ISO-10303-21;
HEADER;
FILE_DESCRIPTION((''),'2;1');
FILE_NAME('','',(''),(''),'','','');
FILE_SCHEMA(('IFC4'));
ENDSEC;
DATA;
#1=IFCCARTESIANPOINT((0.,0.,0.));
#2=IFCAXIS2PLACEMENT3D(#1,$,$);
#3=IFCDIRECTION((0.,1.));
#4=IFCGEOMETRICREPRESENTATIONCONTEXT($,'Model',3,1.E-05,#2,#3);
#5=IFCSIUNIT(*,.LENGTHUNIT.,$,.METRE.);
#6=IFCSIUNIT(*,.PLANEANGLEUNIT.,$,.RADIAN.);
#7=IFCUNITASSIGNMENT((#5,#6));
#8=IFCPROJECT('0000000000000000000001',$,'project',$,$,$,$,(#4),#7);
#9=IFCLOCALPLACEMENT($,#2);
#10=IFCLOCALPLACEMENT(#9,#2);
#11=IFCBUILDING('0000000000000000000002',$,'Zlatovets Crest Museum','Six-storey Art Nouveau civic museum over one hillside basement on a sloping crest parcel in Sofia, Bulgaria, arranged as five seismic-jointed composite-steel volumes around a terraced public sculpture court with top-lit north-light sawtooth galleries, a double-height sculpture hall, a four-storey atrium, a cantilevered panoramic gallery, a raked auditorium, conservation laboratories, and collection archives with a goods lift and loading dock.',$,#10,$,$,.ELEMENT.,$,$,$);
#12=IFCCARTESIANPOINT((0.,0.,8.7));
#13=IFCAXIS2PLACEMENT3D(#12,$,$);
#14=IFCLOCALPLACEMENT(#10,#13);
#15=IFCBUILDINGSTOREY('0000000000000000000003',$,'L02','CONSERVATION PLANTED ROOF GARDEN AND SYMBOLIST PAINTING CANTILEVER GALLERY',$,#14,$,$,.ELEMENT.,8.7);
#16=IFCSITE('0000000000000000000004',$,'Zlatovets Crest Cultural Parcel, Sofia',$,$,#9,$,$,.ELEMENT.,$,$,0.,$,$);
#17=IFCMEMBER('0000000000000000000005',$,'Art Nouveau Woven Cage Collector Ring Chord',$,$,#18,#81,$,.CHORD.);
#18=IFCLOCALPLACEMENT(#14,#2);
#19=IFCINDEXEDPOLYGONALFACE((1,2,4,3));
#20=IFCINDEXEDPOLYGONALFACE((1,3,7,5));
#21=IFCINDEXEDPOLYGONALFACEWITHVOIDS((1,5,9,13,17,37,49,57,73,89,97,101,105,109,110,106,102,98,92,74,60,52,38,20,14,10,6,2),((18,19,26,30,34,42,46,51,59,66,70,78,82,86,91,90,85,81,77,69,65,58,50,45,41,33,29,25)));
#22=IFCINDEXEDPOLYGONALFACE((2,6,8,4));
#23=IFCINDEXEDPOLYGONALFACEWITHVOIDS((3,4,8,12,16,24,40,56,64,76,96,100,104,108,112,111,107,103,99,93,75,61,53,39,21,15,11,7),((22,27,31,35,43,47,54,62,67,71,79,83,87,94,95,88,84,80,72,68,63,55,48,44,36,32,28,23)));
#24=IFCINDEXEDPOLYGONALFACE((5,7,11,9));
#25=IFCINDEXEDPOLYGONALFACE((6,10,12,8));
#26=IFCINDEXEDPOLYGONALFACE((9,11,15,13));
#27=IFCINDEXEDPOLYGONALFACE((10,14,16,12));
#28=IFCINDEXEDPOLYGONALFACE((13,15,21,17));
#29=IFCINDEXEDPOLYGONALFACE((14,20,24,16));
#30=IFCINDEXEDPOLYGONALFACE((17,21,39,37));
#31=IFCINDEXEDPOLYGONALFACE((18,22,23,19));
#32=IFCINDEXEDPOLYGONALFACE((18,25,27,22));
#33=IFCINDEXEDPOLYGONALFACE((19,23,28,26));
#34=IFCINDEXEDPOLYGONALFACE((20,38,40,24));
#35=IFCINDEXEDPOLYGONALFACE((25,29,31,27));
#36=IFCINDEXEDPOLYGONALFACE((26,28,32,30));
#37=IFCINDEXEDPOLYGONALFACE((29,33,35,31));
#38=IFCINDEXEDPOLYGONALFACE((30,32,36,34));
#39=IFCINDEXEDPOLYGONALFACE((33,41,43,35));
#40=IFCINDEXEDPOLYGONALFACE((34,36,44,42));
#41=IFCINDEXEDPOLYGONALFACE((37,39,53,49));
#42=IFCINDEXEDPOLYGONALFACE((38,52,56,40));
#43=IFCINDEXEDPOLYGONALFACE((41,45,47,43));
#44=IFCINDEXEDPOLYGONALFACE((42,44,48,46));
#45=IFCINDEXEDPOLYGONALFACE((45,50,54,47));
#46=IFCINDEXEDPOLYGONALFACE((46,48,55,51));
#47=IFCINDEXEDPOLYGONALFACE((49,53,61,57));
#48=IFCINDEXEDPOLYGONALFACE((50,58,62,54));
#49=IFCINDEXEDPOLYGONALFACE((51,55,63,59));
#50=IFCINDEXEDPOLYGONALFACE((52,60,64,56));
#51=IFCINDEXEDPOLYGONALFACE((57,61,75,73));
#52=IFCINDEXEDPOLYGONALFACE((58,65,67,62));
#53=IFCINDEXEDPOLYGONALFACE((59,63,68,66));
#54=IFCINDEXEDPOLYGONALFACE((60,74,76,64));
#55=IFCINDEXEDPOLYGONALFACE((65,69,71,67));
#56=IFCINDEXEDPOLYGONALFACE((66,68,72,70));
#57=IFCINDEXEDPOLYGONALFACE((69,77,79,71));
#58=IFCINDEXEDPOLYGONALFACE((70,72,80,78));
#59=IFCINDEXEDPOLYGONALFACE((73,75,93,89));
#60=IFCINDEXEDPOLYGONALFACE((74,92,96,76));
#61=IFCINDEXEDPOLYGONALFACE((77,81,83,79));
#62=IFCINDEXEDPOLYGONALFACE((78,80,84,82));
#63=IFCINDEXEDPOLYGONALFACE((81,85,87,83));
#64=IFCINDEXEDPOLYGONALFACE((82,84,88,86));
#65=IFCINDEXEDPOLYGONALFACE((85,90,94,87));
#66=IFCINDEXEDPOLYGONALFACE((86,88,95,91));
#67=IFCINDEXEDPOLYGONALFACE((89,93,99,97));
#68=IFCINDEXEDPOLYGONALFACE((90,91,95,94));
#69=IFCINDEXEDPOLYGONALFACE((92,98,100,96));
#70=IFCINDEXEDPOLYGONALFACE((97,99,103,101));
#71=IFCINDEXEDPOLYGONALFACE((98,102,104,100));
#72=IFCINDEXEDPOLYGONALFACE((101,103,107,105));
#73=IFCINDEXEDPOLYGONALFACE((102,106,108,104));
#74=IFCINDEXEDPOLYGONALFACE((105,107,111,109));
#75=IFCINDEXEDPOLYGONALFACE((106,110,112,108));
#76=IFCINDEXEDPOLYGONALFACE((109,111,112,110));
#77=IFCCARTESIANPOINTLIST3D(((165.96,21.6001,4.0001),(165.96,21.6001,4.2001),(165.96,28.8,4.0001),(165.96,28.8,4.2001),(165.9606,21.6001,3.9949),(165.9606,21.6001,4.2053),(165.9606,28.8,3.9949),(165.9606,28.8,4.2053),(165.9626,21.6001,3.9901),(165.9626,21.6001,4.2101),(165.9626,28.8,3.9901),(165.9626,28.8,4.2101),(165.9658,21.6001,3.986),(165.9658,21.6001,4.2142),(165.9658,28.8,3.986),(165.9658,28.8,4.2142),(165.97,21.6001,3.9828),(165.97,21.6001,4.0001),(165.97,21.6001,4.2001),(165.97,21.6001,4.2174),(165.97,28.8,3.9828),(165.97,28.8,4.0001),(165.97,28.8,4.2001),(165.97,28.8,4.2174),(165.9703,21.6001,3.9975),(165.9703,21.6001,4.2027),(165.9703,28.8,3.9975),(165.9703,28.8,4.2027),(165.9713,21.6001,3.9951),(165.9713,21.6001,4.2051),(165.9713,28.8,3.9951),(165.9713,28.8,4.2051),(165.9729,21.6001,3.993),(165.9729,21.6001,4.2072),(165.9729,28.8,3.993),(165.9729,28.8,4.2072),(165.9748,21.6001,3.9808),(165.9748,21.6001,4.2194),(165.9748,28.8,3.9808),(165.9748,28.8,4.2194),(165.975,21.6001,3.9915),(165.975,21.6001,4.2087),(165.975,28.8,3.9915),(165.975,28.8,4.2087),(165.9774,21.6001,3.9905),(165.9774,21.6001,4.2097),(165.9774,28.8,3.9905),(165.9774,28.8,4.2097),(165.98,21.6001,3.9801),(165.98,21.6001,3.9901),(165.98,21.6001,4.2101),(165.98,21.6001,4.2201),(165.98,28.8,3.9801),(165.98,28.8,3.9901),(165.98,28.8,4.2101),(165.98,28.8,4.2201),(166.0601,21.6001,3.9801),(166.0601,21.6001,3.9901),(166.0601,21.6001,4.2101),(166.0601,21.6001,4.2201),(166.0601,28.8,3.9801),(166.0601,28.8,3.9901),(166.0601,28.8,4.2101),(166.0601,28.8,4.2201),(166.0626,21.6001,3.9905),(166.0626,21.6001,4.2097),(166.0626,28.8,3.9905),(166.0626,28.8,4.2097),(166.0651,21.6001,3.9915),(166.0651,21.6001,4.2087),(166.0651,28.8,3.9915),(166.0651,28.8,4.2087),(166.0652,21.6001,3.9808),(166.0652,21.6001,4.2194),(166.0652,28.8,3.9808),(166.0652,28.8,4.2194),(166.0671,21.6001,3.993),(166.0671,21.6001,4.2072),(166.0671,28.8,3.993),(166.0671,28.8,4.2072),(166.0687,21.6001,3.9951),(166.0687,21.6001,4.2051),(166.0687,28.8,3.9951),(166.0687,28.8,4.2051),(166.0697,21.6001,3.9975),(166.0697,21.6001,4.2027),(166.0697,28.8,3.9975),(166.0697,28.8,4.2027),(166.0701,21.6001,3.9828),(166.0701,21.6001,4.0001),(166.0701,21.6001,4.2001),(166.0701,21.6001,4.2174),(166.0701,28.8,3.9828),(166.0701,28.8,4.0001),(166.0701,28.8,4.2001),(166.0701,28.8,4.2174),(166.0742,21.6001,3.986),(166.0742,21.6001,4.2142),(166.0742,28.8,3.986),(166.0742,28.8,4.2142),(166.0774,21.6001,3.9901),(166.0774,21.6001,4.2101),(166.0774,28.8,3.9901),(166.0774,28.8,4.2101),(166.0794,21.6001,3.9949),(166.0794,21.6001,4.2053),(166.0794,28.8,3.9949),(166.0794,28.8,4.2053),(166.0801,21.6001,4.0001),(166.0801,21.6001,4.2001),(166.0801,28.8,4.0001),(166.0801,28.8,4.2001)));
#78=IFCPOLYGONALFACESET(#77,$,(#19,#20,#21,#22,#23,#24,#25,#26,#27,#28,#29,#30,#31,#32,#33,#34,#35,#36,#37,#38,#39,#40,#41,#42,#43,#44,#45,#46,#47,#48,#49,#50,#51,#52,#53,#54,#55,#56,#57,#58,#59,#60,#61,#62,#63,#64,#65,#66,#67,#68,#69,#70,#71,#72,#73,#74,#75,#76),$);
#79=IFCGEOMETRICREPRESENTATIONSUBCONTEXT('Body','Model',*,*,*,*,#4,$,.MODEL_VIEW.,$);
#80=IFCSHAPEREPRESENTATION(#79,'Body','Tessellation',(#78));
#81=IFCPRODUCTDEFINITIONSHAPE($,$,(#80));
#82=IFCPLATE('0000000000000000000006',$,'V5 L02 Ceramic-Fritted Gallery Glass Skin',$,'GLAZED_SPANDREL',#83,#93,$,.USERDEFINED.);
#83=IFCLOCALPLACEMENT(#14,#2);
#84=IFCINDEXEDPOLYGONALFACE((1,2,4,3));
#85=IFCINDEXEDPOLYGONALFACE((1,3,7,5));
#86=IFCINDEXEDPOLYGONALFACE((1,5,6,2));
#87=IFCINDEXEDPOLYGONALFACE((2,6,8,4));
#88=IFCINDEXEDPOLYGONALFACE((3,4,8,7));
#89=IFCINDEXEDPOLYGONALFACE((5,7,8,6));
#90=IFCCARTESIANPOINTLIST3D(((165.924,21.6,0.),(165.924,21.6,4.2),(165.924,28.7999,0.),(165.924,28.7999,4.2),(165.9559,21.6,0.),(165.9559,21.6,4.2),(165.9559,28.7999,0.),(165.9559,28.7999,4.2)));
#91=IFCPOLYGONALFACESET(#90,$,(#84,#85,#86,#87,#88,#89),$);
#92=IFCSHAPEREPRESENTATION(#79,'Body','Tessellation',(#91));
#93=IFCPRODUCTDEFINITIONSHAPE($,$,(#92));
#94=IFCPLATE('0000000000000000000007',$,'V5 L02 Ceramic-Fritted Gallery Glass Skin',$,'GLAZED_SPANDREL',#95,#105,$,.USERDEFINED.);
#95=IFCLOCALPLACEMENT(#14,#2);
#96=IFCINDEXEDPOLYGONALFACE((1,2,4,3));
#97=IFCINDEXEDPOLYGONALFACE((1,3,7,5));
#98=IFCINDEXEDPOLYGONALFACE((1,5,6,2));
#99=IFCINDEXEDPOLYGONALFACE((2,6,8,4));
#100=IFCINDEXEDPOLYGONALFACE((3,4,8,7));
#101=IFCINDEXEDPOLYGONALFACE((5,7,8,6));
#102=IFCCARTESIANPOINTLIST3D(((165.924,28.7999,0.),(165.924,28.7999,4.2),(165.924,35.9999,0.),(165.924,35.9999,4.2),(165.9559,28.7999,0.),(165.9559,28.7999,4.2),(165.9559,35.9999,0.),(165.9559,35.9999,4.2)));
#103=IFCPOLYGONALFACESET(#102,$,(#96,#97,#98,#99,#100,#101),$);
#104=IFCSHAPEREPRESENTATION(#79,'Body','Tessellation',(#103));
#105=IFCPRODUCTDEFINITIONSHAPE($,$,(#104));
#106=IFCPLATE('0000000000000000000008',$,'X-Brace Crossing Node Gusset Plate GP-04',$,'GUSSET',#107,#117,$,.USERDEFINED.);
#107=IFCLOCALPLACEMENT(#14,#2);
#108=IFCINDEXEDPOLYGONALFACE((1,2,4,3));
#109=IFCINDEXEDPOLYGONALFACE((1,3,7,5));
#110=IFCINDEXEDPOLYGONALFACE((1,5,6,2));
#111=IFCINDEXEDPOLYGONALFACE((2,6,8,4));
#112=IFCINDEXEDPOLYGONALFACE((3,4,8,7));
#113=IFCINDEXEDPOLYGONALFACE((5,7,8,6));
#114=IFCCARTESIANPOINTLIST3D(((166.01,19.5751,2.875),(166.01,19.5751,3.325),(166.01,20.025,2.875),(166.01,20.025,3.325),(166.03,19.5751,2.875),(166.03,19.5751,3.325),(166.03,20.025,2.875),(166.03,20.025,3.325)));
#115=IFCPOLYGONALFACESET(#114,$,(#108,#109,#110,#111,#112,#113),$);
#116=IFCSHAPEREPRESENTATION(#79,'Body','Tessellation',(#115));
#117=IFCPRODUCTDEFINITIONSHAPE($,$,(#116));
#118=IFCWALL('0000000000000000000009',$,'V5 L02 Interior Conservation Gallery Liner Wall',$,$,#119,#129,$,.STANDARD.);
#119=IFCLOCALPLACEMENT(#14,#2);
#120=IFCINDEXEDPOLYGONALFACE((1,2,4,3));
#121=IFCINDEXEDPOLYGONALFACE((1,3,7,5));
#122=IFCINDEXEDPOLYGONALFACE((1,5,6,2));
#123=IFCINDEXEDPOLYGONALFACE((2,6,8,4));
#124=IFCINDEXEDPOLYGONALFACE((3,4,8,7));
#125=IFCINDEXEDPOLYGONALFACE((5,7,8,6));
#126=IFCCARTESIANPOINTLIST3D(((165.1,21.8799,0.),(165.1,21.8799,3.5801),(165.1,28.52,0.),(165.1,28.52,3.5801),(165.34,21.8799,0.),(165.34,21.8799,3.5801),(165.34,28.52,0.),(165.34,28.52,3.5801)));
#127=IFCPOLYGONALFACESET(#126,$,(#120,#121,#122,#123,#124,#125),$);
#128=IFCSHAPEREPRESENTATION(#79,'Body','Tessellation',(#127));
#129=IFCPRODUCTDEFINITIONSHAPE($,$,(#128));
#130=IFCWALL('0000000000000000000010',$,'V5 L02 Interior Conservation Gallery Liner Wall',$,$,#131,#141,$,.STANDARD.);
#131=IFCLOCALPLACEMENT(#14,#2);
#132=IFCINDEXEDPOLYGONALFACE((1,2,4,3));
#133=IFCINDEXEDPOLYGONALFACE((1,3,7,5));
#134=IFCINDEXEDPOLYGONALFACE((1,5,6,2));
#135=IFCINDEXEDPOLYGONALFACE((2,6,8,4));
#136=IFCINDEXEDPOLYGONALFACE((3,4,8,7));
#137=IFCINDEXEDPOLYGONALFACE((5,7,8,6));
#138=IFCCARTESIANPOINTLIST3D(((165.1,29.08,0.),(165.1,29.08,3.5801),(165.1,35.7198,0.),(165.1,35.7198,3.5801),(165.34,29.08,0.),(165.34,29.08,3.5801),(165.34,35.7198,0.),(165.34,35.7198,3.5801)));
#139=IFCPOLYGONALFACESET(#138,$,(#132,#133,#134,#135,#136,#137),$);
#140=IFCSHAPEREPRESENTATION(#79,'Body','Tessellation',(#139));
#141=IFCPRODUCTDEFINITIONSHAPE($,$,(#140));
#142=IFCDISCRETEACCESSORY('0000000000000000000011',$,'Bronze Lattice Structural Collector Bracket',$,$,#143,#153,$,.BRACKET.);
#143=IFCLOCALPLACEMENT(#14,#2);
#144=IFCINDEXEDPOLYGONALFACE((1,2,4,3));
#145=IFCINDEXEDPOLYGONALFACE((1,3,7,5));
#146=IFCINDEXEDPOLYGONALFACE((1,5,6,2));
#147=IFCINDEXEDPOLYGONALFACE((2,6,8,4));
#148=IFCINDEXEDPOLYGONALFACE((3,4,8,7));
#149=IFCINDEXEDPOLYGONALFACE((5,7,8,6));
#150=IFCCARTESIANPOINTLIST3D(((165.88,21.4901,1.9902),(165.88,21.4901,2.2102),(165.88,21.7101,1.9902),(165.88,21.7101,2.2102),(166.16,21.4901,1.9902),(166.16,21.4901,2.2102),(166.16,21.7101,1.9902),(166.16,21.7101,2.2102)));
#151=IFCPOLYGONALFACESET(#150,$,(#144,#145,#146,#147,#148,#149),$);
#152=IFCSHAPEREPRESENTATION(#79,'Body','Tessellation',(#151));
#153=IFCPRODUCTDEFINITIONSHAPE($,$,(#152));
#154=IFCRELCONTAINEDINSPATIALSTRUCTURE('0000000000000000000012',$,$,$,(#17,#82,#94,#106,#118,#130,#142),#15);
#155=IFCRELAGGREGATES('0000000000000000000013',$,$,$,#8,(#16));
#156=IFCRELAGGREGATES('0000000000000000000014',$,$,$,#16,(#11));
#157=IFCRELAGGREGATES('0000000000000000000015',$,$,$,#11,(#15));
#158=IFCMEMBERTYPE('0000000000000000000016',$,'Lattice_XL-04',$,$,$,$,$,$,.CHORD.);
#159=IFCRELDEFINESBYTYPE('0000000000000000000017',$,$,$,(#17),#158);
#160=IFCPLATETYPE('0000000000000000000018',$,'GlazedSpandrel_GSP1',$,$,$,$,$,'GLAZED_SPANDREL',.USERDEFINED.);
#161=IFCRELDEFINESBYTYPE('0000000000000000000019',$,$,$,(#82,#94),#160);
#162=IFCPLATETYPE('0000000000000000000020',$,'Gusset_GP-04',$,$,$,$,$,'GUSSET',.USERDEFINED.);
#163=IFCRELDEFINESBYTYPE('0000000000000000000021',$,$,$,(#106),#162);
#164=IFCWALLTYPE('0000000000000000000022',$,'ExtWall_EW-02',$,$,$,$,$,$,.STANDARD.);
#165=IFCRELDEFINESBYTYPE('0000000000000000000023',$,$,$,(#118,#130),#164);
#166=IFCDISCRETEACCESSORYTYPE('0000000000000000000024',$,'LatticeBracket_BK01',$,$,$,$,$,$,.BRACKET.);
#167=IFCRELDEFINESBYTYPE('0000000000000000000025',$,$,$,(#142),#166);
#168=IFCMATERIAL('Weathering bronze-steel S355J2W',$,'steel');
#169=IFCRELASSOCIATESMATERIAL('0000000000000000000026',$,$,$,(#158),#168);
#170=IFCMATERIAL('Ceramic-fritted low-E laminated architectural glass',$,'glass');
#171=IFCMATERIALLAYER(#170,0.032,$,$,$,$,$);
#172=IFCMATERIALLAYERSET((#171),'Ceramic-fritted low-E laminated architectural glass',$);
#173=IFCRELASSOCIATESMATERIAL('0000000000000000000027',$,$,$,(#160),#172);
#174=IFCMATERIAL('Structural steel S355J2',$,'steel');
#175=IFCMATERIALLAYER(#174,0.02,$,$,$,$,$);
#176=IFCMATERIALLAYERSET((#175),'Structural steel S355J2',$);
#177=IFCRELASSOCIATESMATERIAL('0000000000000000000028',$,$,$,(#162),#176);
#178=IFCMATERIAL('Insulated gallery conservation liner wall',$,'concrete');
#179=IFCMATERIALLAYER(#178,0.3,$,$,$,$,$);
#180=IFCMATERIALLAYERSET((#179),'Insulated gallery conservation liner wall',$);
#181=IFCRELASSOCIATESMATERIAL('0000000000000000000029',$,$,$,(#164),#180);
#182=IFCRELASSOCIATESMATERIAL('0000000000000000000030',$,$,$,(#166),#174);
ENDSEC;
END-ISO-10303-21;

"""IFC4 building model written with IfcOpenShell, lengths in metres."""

from ifc_helpers import new_model, si_unit, direction, frame, frame_2d, origin, origin_2d, place, context, subcontext, project, spatial, rectangle, hollow_rectangle, extrude, material, layer, layer_set, material_profile, profile_set, type_object, element, save


model = new_model("IFC4")

# Units and contexts
model_context = context("Model", 3, precision=1e-05, world=origin(), true_north=direction((0.0, 1.0)))
body_context = subcontext(model_context, "Body", "Model", "MODEL_VIEW")
ifc_project = project(units=[si_unit("LENGTHUNIT", "METRE"), si_unit("PLANEANGLEUNIT", "RADIAN")], contexts=[model_context])

# Site, building, storey
site_placement = place(None, origin())
site = spatial("IfcSite", under=ifc_project, at=site_placement, Name="Zlatovets Crest Cultural Parcel, Sofia", CompositionType="ELEMENT", RefElevation=0.0)
building_placement = place(site_placement, origin())
building = spatial("IfcBuilding", under=site, at=building_placement, Name="Zlatovets Crest Museum", Description="Six-storey Art Nouveau civic museum over one hillside basement on a sloping crest parcel in Sofia, Bulgaria, arranged as five seismic-jointed composite-steel volumes around a terraced public sculpture court with top-lit north-light sawtooth galleries, a double-height sculpture hall, a four-storey atrium, a cantilevered panoramic gallery, a raked auditorium, conservation laboratories, and collection archives with a goods lift and loading dock.", CompositionType="ELEMENT")
storey_placement = place(building_placement, frame((0.0, 0.0, 8.7)))
storey = spatial("IfcBuildingStorey", under=building, at=storey_placement, Name="L02", Description="CONSERVATION PLANTED ROOF GARDEN AND SYMBOLIST PAINTING CANTILEVER GALLERY", CompositionType="ELEMENT", Elevation=8.7)

# Shared definitions
ifc_material_1 = material(Name="Structural steel S355J2", Category="steel")

# Member
ifc_material_2 = material(Name="Weathering bronze-steel S355J2W", Category="steel")
ifc_material_profile_1 = material_profile(ifc_material_2, hollow_rectangle(XDim=0.1201, YDim=0.24, WallThickness=0.01, InnerFilletRadius=0.01, OuterFilletRadius=0.02, at=origin_2d()), Name="RHS 120x240x10.0")
ifc_profile_set_1 = profile_set([ifc_material_profile_1], Name="Weathering bronze-steel S355J2W")
member_type_1 = type_object("IfcMemberType", Name="Lattice_XL-04", PredefinedType="CHORD", material=ifc_profile_set_1)
member_placement = place(storey_placement, frame((166.02, 21.6001, 4.1001), z_axis=(0.0, 1.0, 0.0), x_axis=(-1.0, 0.0, 0.0)))
element("IfcMember", 1, at=member_placement, inside=storey, type_object=member_type_1, Name="Art Nouveau Woven Cage Collector Ring Chord", PredefinedType="CHORD", context=body_context, shape_type="SweptSolid", body=[
    extrude(hollow_rectangle(XDim=0.1201, YDim=0.24, WallThickness=0.01, InnerFilletRadius=0.01, OuterFilletRadius=0.02, at=origin_2d()), origin(), (0.0, 0.0, 1.0), 7.2),
])

# Plates
ifc_material_3 = material(Name="Ceramic-fritted low-E laminated architectural glass", Category="glass")
ifc_layer_1 = layer(ifc_material_3, 0.032)
ifc_layer_set_1 = layer_set([ifc_layer_1], Name="Ceramic-fritted low-E laminated architectural glass")
plate_type_1 = type_object("IfcPlateType", Name="GlazedSpandrel_GSP1", ElementType="GLAZED_SPANDREL", PredefinedType="USERDEFINED", material=ifc_layer_set_1)
for number, where, z_axis, x_axis, name in (
    (2, (165.9399, 25.2, 0.0), (0.0, 0.0, 1.0), (0.0, 1.0, 0.0), "V5 L02 Ceramic-Fritted Gallery Glass Skin"),
    (3, (165.9399, 32.3999, 0.0), (0.0, 0.0, 1.0), (0.0, 1.0, 0.0), "V5 L02 Ceramic-Fritted Gallery Glass Skin"),
):
    element("IfcPlate", number, at=place(storey_placement, frame(where, z_axis=z_axis, x_axis=x_axis)), inside=storey, type_object=plate_type_1, Name=name, ObjectType="GLAZED_SPANDREL", PredefinedType="USERDEFINED", context=body_context, shape_type="SweptSolid", body=[
        extrude(rectangle(XDim=7.2, YDim=0.032, at=origin_2d()), origin(), (0.0, 0.0, 1.0), 4.2),
    ])
ifc_layer_2 = layer(ifc_material_1, 0.02)
ifc_layer_set_2 = layer_set([ifc_layer_2], Name="Structural steel S355J2")
plate_type_2 = type_object("IfcPlateType", Name="Gusset_GP-04", ElementType="GUSSET", PredefinedType="USERDEFINED", material=ifc_layer_set_2)
plate_placement = place(storey_placement, frame((166.02, 19.8, 2.875), z_axis=(0.0, 0.0, 1.0), x_axis=(1.0, 0.0, 0.0)))
element("IfcPlate", 4, at=plate_placement, inside=storey, type_object=plate_type_2, Name="X-Brace Crossing Node Gusset Plate GP-04", ObjectType="GUSSET", PredefinedType="USERDEFINED", context=body_context, shape_type="SweptSolid", body=[
    extrude(rectangle(XDim=0.02, YDim=0.45, at=origin_2d()), origin(), (0.0, 0.0, 1.0), 0.45),
])

# Walls
ifc_material_4 = material(Name="Insulated gallery conservation liner wall", Category="concrete")
ifc_layer_3 = layer(ifc_material_4, 0.3)
ifc_layer_set_3 = layer_set([ifc_layer_3], Name="Insulated gallery conservation liner wall")
wall_type = type_object("IfcWallType", Name="ExtWall_EW-02", PredefinedType="STANDARD", material=ifc_layer_set_3)
wall_1_placement = place(storey_placement, frame((165.22, 21.8799, 0.0), z_axis=(0.0, 0.0, 1.0), x_axis=(0.0, 1.0, 0.0)))
element("IfcWall", 5, at=wall_1_placement, inside=storey, type_object=wall_type, Name="V5 L02 Interior Conservation Gallery Liner Wall", PredefinedType="STANDARD", context=body_context, shape_type="SweptSolid", body=[
    extrude(rectangle(XDim=6.6401, YDim=0.24, at=frame_2d((3.3201, 0.0))), origin(), (0.0, 0.0, 1.0), 3.5801),
])
wall_2_placement = place(storey_placement, frame((165.22, 29.0801, 0.0), z_axis=(0.0, 0.0, 1.0), x_axis=(0.0, 1.0, 0.0)))
element("IfcWall", 6, at=wall_2_placement, inside=storey, type_object=wall_type, Name="V5 L02 Interior Conservation Gallery Liner Wall", PredefinedType="STANDARD", context=body_context, shape_type="SweptSolid", body=[
    extrude(rectangle(XDim=6.6399, YDim=0.24, at=frame_2d((3.3198, 0.0))), origin(), (0.0, 0.0, 1.0), 3.5801),
])

# Discrete accessory
discrete_accessory_type = type_object("IfcDiscreteAccessoryType", Name="LatticeBracket_BK01", PredefinedType="BRACKET", material=ifc_material_1)
discrete_accessory_placement = place(storey_placement, frame((166.02, 21.6001, 1.9902), z_axis=(0.0, 0.0, 1.0), x_axis=(1.0, 0.0, 0.0)))
element("IfcDiscreteAccessory", 7, at=discrete_accessory_placement, inside=storey, type_object=discrete_accessory_type, Name="Bronze Lattice Structural Collector Bracket", PredefinedType="BRACKET", context=body_context, shape_type="SweptSolid", body=[
    extrude(rectangle(XDim=0.28, YDim=0.22, at=origin_2d()), origin(), (0.0, 0.0, 1.0), 0.22),
])

save(model, "model.ifc")
